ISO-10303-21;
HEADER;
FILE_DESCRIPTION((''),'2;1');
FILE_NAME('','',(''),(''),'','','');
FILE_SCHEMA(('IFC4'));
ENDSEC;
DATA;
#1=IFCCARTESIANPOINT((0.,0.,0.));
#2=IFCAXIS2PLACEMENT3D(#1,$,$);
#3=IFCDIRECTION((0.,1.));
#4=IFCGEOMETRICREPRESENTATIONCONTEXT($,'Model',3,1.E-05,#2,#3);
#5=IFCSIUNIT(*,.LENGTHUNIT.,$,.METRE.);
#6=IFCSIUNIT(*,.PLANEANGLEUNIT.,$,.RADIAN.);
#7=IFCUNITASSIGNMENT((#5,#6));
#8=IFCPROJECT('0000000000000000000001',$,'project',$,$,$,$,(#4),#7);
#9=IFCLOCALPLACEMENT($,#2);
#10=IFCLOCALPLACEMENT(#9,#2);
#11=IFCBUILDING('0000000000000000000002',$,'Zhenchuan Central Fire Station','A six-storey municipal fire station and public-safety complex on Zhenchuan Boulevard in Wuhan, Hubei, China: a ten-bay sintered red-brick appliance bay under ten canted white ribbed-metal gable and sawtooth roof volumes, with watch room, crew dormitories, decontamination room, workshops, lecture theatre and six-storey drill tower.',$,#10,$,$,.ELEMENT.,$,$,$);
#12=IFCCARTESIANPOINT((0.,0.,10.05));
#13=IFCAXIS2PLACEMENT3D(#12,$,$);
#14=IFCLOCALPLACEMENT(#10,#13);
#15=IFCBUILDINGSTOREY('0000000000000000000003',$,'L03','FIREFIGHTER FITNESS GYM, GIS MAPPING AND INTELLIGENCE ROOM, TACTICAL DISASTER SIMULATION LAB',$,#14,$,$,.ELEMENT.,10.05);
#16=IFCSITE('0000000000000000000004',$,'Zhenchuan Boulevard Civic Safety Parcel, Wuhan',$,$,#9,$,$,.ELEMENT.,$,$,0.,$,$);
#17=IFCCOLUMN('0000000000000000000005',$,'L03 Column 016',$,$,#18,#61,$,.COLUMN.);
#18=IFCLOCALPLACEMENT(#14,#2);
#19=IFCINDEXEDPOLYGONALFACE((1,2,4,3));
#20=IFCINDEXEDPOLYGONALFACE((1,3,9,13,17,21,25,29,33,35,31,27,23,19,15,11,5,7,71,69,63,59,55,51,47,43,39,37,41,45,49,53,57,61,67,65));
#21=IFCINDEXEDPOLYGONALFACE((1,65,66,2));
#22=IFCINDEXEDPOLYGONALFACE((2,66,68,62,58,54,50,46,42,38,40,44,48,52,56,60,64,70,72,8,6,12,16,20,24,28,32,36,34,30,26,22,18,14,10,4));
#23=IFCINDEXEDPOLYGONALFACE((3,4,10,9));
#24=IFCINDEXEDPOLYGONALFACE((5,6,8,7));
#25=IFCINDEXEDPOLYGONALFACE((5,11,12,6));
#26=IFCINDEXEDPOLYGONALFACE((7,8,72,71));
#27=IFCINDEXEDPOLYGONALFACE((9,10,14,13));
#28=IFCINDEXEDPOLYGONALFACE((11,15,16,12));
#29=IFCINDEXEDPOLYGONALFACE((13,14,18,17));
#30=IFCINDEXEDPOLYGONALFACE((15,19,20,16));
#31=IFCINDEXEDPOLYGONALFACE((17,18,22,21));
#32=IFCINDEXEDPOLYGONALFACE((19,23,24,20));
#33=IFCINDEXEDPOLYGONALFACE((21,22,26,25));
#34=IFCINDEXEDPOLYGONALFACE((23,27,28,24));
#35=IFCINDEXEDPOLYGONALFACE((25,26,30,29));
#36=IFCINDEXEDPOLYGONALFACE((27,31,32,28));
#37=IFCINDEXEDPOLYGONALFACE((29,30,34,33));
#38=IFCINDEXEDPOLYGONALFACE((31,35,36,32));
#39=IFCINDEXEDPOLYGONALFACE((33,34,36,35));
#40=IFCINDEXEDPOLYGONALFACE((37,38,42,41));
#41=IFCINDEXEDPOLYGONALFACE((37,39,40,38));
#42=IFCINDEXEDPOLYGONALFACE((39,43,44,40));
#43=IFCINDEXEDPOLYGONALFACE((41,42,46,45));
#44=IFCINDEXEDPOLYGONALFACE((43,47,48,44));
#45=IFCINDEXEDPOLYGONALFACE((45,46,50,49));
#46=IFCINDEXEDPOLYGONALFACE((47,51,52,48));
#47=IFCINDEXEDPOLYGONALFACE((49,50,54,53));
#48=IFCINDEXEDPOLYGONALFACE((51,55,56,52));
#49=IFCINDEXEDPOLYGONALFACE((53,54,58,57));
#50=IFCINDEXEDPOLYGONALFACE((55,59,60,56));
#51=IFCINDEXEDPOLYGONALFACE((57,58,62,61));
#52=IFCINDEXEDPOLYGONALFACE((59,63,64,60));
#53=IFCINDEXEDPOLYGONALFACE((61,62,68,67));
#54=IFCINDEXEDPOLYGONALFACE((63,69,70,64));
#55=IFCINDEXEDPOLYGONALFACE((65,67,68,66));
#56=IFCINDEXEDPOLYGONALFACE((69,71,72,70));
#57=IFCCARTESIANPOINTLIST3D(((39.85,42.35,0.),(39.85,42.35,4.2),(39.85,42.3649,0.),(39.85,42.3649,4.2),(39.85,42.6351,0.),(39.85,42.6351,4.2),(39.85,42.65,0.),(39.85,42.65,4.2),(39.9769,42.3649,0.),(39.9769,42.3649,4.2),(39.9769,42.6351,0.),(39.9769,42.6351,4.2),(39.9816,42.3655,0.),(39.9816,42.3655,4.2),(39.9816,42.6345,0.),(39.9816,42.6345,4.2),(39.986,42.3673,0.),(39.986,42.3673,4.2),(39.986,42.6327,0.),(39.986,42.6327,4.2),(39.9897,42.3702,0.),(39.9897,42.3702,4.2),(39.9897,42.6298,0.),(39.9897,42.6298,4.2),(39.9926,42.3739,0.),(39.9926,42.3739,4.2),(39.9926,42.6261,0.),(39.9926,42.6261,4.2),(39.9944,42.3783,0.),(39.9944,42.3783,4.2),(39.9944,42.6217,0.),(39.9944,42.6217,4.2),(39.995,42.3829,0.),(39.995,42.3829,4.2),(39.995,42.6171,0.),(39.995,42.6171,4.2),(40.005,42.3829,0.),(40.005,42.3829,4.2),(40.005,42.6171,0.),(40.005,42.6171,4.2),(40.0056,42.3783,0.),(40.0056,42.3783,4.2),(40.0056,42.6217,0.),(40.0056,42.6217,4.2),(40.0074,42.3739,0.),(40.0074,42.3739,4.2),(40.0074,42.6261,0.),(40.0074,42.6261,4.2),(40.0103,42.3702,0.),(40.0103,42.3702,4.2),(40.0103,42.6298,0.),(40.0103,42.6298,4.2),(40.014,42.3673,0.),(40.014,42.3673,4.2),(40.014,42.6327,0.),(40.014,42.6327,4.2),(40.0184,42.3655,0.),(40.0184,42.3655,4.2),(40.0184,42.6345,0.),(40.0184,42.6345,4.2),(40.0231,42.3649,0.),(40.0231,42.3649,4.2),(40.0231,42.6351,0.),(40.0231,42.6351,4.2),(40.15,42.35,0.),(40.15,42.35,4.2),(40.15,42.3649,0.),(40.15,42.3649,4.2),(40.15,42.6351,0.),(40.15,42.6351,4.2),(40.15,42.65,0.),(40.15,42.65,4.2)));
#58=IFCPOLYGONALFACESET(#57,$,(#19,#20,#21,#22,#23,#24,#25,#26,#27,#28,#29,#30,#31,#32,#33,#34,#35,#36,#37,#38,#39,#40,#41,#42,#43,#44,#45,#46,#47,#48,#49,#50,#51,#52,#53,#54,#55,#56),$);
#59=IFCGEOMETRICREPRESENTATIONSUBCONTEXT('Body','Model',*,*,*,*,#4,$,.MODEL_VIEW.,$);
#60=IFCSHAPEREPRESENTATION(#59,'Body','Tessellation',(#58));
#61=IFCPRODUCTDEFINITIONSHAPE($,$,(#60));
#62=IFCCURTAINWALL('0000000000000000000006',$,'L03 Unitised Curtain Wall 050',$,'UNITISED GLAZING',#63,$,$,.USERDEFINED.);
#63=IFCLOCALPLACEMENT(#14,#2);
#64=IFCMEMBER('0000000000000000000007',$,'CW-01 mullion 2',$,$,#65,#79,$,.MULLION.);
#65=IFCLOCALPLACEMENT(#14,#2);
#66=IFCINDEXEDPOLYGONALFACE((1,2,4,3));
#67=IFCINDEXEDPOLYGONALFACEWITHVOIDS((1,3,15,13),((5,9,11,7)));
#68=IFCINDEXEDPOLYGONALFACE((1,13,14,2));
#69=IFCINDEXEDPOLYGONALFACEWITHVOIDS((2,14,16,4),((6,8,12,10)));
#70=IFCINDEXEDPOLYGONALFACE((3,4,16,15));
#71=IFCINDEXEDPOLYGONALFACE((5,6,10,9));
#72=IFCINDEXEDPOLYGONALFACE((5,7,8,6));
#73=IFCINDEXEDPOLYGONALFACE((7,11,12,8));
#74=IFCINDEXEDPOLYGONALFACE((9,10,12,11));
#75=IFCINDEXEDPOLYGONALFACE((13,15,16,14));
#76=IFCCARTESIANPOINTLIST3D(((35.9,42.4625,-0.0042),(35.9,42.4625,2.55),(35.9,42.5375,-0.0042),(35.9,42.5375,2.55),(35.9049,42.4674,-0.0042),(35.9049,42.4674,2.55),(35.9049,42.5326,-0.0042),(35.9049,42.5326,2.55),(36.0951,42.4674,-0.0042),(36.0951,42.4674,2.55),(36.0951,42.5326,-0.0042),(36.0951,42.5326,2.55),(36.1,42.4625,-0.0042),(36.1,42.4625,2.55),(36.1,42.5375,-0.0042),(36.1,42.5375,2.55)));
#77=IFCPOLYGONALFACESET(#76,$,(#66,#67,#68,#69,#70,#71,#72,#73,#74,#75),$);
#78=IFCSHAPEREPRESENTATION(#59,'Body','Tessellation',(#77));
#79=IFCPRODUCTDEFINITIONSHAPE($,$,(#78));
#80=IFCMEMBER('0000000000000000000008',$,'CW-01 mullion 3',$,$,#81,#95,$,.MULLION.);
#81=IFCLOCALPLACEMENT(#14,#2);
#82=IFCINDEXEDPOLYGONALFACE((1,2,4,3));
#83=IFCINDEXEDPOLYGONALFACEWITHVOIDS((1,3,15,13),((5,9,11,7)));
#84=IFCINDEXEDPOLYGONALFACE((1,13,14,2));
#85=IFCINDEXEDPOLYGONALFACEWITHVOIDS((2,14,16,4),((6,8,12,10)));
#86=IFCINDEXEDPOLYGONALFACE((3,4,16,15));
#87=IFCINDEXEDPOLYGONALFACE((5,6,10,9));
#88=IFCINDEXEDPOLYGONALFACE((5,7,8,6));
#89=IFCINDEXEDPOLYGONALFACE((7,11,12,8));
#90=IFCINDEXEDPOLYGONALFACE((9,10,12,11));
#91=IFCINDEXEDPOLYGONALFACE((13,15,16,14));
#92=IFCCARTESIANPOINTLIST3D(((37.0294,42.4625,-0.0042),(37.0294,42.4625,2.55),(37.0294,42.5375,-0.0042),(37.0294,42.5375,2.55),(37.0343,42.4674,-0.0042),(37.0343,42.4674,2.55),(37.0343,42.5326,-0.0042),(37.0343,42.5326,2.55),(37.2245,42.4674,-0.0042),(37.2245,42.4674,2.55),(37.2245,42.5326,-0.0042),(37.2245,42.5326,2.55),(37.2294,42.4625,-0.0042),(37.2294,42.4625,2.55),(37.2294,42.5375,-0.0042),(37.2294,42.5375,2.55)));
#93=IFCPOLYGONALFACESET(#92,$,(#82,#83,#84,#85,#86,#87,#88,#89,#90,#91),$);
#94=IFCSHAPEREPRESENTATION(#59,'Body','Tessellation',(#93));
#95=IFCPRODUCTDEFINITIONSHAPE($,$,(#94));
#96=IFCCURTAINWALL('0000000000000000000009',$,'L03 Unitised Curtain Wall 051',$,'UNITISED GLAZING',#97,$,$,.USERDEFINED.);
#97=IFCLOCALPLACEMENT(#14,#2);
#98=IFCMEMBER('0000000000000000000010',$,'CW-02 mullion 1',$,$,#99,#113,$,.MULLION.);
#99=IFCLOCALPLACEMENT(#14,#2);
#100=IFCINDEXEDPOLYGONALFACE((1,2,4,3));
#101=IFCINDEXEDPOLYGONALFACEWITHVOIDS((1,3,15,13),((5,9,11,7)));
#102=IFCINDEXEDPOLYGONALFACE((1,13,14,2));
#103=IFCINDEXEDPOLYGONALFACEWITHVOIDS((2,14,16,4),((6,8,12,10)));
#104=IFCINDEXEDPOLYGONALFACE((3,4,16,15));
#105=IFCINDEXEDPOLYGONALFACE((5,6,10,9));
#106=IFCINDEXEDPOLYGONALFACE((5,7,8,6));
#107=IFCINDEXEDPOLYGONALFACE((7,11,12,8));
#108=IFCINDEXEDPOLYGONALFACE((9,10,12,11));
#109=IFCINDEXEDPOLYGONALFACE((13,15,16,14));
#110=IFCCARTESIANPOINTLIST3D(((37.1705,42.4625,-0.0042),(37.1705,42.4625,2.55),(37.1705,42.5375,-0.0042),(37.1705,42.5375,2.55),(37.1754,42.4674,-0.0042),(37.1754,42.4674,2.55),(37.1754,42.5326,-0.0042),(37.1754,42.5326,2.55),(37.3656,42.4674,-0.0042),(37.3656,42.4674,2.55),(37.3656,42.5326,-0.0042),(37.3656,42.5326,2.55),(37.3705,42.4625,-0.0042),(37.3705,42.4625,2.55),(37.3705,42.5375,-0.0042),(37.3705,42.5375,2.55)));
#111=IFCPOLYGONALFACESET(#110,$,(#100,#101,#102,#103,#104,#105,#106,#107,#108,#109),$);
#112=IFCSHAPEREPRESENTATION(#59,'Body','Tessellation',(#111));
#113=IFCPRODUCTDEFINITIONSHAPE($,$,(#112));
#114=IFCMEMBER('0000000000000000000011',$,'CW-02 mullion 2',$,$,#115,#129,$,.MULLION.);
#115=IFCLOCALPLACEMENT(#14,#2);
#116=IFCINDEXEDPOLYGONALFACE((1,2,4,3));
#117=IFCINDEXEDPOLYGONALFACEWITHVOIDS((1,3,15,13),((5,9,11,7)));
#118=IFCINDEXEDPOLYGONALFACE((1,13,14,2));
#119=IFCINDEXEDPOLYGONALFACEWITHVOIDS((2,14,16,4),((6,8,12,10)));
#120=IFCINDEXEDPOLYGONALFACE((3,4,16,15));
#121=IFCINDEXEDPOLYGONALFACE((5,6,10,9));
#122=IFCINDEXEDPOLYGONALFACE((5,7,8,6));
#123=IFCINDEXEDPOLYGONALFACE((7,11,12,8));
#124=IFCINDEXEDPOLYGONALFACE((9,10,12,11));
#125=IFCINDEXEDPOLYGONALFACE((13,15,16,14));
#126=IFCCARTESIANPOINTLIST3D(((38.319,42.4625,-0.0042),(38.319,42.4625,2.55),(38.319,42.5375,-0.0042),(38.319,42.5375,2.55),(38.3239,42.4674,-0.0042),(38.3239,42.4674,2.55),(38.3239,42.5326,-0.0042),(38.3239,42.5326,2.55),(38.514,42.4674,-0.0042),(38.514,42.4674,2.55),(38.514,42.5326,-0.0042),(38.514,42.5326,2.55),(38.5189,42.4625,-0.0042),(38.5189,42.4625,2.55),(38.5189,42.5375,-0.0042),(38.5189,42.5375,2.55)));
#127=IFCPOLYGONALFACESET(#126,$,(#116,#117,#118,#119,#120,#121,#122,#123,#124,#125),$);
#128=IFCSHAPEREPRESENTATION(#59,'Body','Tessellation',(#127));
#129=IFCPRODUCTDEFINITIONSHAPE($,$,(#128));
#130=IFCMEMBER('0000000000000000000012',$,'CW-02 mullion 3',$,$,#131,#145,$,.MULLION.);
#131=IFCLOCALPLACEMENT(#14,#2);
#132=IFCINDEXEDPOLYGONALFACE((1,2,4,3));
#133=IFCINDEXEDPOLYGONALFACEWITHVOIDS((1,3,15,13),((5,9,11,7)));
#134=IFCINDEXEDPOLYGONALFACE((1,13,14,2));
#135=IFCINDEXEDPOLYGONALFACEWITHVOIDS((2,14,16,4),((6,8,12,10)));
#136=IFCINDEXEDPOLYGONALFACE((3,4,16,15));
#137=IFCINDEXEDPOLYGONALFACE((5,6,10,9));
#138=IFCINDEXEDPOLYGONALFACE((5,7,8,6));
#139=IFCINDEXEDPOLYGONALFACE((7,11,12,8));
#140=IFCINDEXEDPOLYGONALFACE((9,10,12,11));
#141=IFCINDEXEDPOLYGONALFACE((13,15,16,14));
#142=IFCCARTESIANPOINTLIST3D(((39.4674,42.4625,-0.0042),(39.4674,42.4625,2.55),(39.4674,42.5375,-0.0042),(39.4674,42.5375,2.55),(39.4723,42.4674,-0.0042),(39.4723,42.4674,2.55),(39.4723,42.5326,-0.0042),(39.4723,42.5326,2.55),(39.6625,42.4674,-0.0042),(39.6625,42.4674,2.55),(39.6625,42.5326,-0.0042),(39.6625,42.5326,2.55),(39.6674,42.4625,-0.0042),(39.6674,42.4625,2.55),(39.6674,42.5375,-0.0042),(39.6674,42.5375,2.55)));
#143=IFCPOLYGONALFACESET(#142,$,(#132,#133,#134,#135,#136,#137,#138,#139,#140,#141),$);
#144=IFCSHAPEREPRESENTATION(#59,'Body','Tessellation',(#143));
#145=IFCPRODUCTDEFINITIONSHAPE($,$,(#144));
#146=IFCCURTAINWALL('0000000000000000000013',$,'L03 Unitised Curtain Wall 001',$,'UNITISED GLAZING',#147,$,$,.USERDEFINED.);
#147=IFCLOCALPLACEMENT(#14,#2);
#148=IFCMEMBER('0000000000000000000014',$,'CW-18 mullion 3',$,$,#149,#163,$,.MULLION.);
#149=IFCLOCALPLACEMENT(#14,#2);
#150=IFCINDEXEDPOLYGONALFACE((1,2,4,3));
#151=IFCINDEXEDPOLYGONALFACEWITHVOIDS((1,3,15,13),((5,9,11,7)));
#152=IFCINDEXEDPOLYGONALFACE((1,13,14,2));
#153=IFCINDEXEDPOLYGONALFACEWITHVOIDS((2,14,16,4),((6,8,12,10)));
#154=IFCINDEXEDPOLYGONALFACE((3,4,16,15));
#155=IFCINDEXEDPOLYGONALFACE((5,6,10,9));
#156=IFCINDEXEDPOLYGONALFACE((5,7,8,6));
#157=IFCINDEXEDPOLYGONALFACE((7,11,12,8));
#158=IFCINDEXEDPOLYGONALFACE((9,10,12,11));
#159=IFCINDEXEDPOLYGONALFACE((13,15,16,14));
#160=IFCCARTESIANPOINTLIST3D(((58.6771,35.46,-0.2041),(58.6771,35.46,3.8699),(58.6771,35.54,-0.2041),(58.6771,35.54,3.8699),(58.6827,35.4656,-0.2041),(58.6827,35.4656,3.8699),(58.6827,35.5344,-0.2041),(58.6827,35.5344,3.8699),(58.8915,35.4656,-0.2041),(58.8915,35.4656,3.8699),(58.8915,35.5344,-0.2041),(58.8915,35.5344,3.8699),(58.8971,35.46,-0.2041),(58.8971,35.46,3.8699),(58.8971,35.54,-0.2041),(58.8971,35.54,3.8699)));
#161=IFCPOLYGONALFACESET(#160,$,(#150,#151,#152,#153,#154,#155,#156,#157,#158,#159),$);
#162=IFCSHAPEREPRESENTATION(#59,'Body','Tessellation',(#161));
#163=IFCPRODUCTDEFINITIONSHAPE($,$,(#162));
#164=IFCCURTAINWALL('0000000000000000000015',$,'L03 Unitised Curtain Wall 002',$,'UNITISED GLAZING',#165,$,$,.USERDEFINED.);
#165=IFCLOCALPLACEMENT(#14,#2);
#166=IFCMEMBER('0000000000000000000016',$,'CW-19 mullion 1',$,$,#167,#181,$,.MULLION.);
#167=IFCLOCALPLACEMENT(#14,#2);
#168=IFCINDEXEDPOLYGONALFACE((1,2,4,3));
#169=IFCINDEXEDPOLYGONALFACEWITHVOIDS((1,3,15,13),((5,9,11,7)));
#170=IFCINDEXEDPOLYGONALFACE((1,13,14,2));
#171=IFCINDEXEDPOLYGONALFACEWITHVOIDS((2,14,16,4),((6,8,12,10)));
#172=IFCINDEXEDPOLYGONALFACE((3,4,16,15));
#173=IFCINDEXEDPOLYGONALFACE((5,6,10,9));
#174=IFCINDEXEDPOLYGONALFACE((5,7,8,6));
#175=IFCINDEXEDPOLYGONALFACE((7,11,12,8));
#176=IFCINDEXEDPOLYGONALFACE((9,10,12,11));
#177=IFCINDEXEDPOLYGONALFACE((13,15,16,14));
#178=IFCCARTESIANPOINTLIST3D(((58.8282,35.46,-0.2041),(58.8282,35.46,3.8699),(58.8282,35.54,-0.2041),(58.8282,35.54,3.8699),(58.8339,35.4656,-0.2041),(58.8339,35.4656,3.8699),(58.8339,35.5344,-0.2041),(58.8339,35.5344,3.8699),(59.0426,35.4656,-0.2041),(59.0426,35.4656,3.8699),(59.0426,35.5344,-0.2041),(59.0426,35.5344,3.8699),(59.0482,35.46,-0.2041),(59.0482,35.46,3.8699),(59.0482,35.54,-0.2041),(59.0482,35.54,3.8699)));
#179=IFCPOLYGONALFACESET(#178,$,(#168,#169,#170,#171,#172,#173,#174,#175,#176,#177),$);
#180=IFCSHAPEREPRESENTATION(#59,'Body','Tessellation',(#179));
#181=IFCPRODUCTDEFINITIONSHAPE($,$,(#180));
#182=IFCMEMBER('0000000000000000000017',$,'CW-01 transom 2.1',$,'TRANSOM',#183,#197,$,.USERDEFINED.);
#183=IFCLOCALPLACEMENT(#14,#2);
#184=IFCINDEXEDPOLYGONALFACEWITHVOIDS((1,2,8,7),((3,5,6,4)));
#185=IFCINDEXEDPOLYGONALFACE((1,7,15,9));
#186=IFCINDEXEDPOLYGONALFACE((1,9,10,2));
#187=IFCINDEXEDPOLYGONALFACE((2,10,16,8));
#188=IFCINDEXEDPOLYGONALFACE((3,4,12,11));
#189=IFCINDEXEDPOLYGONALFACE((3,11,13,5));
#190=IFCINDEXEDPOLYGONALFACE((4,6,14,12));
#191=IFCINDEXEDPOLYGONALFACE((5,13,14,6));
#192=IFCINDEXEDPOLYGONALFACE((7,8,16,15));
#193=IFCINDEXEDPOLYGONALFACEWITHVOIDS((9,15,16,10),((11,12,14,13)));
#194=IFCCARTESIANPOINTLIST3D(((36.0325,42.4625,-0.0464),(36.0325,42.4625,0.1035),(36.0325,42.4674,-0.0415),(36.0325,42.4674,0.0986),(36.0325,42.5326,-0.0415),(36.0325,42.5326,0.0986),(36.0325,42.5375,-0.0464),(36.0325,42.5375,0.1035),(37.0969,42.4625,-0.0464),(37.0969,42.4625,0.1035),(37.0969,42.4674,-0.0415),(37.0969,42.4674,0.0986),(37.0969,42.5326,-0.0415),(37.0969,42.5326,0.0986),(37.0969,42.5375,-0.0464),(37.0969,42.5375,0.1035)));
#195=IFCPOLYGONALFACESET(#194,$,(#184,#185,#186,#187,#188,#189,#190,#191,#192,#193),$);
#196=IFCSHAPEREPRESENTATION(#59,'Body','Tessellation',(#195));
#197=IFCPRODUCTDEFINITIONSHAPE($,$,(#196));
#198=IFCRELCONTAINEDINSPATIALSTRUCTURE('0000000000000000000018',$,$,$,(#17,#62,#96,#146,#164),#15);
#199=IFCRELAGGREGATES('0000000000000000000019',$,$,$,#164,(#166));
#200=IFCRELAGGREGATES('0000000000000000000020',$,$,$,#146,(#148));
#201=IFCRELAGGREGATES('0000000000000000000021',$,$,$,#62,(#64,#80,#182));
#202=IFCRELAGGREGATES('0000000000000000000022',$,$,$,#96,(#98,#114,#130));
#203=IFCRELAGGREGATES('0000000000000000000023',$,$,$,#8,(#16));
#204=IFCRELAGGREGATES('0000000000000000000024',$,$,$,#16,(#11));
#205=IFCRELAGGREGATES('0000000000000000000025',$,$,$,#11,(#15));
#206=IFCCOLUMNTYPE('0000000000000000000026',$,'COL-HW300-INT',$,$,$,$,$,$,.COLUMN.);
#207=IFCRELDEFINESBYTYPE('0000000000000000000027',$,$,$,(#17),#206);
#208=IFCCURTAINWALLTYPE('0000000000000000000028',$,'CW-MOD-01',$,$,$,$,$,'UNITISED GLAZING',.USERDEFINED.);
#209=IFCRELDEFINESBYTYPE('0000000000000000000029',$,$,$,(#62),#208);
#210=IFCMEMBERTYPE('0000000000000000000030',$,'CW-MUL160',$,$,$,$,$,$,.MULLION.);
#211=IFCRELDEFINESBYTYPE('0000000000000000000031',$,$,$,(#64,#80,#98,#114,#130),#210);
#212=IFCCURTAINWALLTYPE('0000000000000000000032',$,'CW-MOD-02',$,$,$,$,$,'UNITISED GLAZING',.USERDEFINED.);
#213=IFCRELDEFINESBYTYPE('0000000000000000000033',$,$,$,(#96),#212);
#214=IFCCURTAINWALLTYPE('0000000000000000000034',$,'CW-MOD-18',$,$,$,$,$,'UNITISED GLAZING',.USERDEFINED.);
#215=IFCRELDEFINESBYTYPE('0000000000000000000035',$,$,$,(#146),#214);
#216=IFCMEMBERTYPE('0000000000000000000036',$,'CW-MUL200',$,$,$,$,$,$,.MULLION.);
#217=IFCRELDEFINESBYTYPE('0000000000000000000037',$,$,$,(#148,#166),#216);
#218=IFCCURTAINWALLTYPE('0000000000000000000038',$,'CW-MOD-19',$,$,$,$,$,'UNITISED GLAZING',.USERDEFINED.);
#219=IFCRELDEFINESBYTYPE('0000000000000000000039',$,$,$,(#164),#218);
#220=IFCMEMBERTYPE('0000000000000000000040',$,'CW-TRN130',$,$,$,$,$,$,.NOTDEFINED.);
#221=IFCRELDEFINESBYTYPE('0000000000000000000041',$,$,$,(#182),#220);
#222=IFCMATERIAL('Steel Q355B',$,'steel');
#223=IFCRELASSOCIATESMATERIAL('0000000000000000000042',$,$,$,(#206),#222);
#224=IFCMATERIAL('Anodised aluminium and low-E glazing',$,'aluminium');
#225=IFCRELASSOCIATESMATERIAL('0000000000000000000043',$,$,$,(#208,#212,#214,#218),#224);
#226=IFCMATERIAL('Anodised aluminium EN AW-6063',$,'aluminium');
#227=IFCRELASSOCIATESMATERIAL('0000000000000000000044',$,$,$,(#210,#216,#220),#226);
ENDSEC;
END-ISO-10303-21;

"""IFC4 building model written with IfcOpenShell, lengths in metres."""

from ifc_helpers import new_model, si_unit, direction, frame, origin, origin_2d, place, context, subcontext, project, spatial, hollow_rectangle, i_section, extrude, material, material_profile, profile_set, type_object, element, aggregate, save


model = new_model("IFC4")

# Units and contexts
model_context = context("Model", 3, precision=1e-05, world=origin(), true_north=direction((0.0, 1.0)))
body_context = subcontext(model_context, "Body", "Model", "MODEL_VIEW")
ifc_project = project(units=[si_unit("LENGTHUNIT", "METRE"), si_unit("PLANEANGLEUNIT", "RADIAN")], contexts=[model_context])

# Site, building, storey
site_placement = place(None, origin())
site = spatial("IfcSite", under=ifc_project, at=site_placement, Name="Zhenchuan Boulevard Civic Safety Parcel, Wuhan", CompositionType="ELEMENT", RefElevation=0.0)
building_placement = place(site_placement, origin())
building = spatial("IfcBuilding", under=site, at=building_placement, Name="Zhenchuan Central Fire Station", Description="A six-storey municipal fire station and public-safety complex on Zhenchuan Boulevard in Wuhan, Hubei, China: a ten-bay sintered red-brick appliance bay under ten canted white ribbed-metal gable and sawtooth roof volumes, with watch room, crew dormitories, decontamination room, workshops, lecture theatre and six-storey drill tower.", CompositionType="ELEMENT")
storey_placement = place(building_placement, frame((0.0, 0.0, 10.05)))
storey = spatial("IfcBuildingStorey", under=building, at=storey_placement, Name="L03", Description="FIREFIGHTER FITNESS GYM, GIS MAPPING AND INTELLIGENCE ROOM, TACTICAL DISASTER SIMULATION LAB", CompositionType="ELEMENT", Elevation=10.05)

# Column
ifc_material_1 = material(Name="Steel Q355B", Category="steel")
ifc_material_profile_1 = material_profile(ifc_material_1, i_section(OverallWidth=0.3, OverallDepth=0.3, WebThickness=0.01, FlangeThickness=0.0149, FilletRadius=0.0181, at=origin_2d()), Name="HW 300x300")
ifc_profile_set_1 = profile_set([ifc_material_profile_1], Name="Steel Q355B")
column_type = type_object("IfcColumnType", Name="COL-HW300-INT", PredefinedType="COLUMN", material=ifc_profile_set_1)
column_placement = place(storey_placement, frame((40.0, 42.5, 0.0), z_axis=(0.0, 0.0, 1.0), x_axis=(1.0, 0.0, 0.0)))
element("IfcColumn", 1, at=column_placement, inside=storey, type_object=column_type, Name="L03 Column 016", PredefinedType="COLUMN", context=body_context, shape_type="SweptSolid", body=[
    extrude(i_section(OverallWidth=0.3, OverallDepth=0.3, WebThickness=0.01, FlangeThickness=0.0149, FilletRadius=0.0181, at=origin_2d()), origin(), (0.0, 0.0, 1.0), 4.2),
])

# Curtain walls, members
ifc_material_2 = material(Name="Anodised aluminium and low-E glazing", Category="aluminium")
curtain_wall_type_1 = type_object("IfcCurtainWallType", Name="CW-MOD-01", ElementType="UNITISED GLAZING", PredefinedType="USERDEFINED", material=ifc_material_2)
curtain_wall_1_placement = place(storey_placement, origin())
curtain_wall_1 = element("IfcCurtainWall", 2, at=curtain_wall_1_placement, inside=storey, type_object=curtain_wall_type_1, Name="L03 Unitised Curtain Wall 050", ObjectType="UNITISED GLAZING", PredefinedType="USERDEFINED")
ifc_material_3 = material(Name="Anodised aluminium EN AW-6063", Category="aluminium")
ifc_material_profile_2 = material_profile(ifc_material_3, hollow_rectangle(XDim=0.075, YDim=0.2, WallThickness=0.0049, at=origin_2d()), Name="ALU-M 200x75")
ifc_profile_set_2 = profile_set([ifc_material_profile_2], Name="Anodised aluminium EN AW-6063")
member_type_1 = type_object("IfcMemberType", Name="CW-MUL160", PredefinedType="MULLION", material=ifc_profile_set_2)
member_1_placement = place(storey_placement, frame((36.0, 42.5, -0.0042), z_axis=(0.0, 0.0, 1.0), x_axis=(0.0, 1.0, 0.0)))
member_1 = element("IfcMember", 3, at=member_1_placement, type_object=member_type_1, Name="CW-01 mullion 2", PredefinedType="MULLION", context=body_context, shape_type="SweptSolid", body=[
    extrude(hollow_rectangle(XDim=0.075, YDim=0.2, WallThickness=0.0049, at=origin_2d()), origin(), (0.0, 0.0, 1.0), 2.5542),
])
member_2_placement = place(storey_placement, frame((37.1294, 42.5, -0.0042), z_axis=(0.0, 0.0, 1.0), x_axis=(0.0, 1.0, 0.0)))
member_2 = element("IfcMember", 4, at=member_2_placement, type_object=member_type_1, Name="CW-01 mullion 3", PredefinedType="MULLION", context=body_context, shape_type="SweptSolid", body=[
    extrude(hollow_rectangle(XDim=0.075, YDim=0.2, WallThickness=0.0049, at=origin_2d()), origin(), (0.0, 0.0, 1.0), 2.5542),
])
curtain_wall_type_2 = type_object("IfcCurtainWallType", Name="CW-MOD-02", ElementType="UNITISED GLAZING", PredefinedType="USERDEFINED", material=ifc_material_2)
curtain_wall_2_placement = place(storey_placement, origin())
curtain_wall_2 = element("IfcCurtainWall", 5, at=curtain_wall_2_placement, inside=storey, type_object=curtain_wall_type_2, Name="L03 Unitised Curtain Wall 051", ObjectType="UNITISED GLAZING", PredefinedType="USERDEFINED")
member_3_placement = place(storey_placement, frame((37.2705, 42.5, -0.0042), z_axis=(0.0, 0.0, 1.0), x_axis=(0.0, 1.0, 0.0)))
member_3 = element("IfcMember", 6, at=member_3_placement, type_object=member_type_1, Name="CW-02 mullion 1", PredefinedType="MULLION", context=body_context, shape_type="SweptSolid", body=[
    extrude(hollow_rectangle(XDim=0.075, YDim=0.2, WallThickness=0.0049, at=origin_2d()), origin(), (0.0, 0.0, 1.0), 2.5542),
])
member_4_placement = place(storey_placement, frame((38.4189, 42.5, -0.0042), z_axis=(0.0, 0.0, 1.0), x_axis=(0.0, 1.0, 0.0)))
member_4 = element("IfcMember", 7, at=member_4_placement, type_object=member_type_1, Name="CW-02 mullion 2", PredefinedType="MULLION", context=body_context, shape_type="SweptSolid", body=[
    extrude(hollow_rectangle(XDim=0.075, YDim=0.2, WallThickness=0.0049, at=origin_2d()), origin(), (0.0, 0.0, 1.0), 2.5542),
])
member_5_placement = place(storey_placement, frame((39.5674, 42.5, -0.0042), z_axis=(0.0, 0.0, 1.0), x_axis=(0.0, 1.0, 0.0)))
member_5 = element("IfcMember", 8, at=member_5_placement, type_object=member_type_1, Name="CW-02 mullion 3", PredefinedType="MULLION", context=body_context, shape_type="SweptSolid", body=[
    extrude(hollow_rectangle(XDim=0.075, YDim=0.2, WallThickness=0.0049, at=origin_2d()), origin(), (0.0, 0.0, 1.0), 2.5542),
])

# Curtain walls, members
curtain_wall_type_3 = type_object("IfcCurtainWallType", Name="CW-MOD-18", ElementType="UNITISED GLAZING", PredefinedType="USERDEFINED", material=ifc_material_2)
curtain_wall_3_placement = place(storey_placement, origin())
curtain_wall_3 = element("IfcCurtainWall", 9, at=curtain_wall_3_placement, inside=storey, type_object=curtain_wall_type_3, Name="L03 Unitised Curtain Wall 001", ObjectType="UNITISED GLAZING", PredefinedType="USERDEFINED")
ifc_material_profile_3 = material_profile(ifc_material_3, hollow_rectangle(XDim=0.0801, YDim=0.22, WallThickness=0.0056, at=origin_2d()), Name="ALU-M 220x80")
ifc_profile_set_3 = profile_set([ifc_material_profile_3], Name="Anodised aluminium EN AW-6063")
member_type_2 = type_object("IfcMemberType", Name="CW-MUL200", PredefinedType="MULLION", material=ifc_profile_set_3)
member_6_placement = place(storey_placement, frame((58.7871, 35.5, -0.2041), z_axis=(0.0, 0.0, 1.0), x_axis=(0.0, 1.0, 0.0)))
member_6 = element("IfcMember", 10, at=member_6_placement, type_object=member_type_2, Name="CW-18 mullion 3", PredefinedType="MULLION", context=body_context, shape_type="SweptSolid", body=[
    extrude(hollow_rectangle(XDim=0.0801, YDim=0.22, WallThickness=0.0056, at=origin_2d()), origin(), (0.0, 0.0, 1.0), 4.074),
])
curtain_wall_type_4 = type_object("IfcCurtainWallType", Name="CW-MOD-19", ElementType="UNITISED GLAZING", PredefinedType="USERDEFINED", material=ifc_material_2)
curtain_wall_4_placement = place(storey_placement, origin())
curtain_wall_4 = element("IfcCurtainWall", 11, at=curtain_wall_4_placement, inside=storey, type_object=curtain_wall_type_4, Name="L03 Unitised Curtain Wall 002", ObjectType="UNITISED GLAZING", PredefinedType="USERDEFINED")
member_7_placement = place(storey_placement, frame((58.9382, 35.5, -0.2041), z_axis=(0.0, 0.0, 1.0), x_axis=(0.0, 1.0, 0.0)))
member_7 = element("IfcMember", 12, at=member_7_placement, type_object=member_type_2, Name="CW-19 mullion 1", PredefinedType="MULLION", context=body_context, shape_type="SweptSolid", body=[
    extrude(hollow_rectangle(XDim=0.0801, YDim=0.22, WallThickness=0.0056, at=origin_2d()), origin(), (0.0, 0.0, 1.0), 4.074),
])

# Member
ifc_material_profile_4 = material_profile(ifc_material_3, hollow_rectangle(XDim=0.075, YDim=0.1499, WallThickness=0.0049, at=origin_2d()), Name="ALU-T 150x75")
ifc_profile_set_4 = profile_set([ifc_material_profile_4], Name="Anodised aluminium EN AW-6063")
member_type_3 = type_object("IfcMemberType", Name="CW-TRN130", PredefinedType="NOTDEFINED", material=ifc_profile_set_4)
member_8_placement = place(storey_placement, frame((36.0325, 42.5, 0.0286), z_axis=(1.0, 0.0, 0.0), x_axis=(0.0, 1.0, 0.0)))
member_8 = element("IfcMember", 13, at=member_8_placement, type_object=member_type_3, Name="CW-01 transom 2.1", ObjectType="TRANSOM", PredefinedType="USERDEFINED", context=body_context, shape_type="SweptSolid", body=[
    extrude(hollow_rectangle(XDim=0.075, YDim=0.1499, WallThickness=0.0049, at=origin_2d()), origin(), (0.0, 0.0, 1.0), 1.0645),
])
aggregate(curtain_wall_4, [member_7])

aggregate(curtain_wall_3, [member_6])
aggregate(curtain_wall_1, [member_1, member_2, member_8])
aggregate(curtain_wall_2, [member_3, member_4, member_5])

save(model, "model.ifc")
